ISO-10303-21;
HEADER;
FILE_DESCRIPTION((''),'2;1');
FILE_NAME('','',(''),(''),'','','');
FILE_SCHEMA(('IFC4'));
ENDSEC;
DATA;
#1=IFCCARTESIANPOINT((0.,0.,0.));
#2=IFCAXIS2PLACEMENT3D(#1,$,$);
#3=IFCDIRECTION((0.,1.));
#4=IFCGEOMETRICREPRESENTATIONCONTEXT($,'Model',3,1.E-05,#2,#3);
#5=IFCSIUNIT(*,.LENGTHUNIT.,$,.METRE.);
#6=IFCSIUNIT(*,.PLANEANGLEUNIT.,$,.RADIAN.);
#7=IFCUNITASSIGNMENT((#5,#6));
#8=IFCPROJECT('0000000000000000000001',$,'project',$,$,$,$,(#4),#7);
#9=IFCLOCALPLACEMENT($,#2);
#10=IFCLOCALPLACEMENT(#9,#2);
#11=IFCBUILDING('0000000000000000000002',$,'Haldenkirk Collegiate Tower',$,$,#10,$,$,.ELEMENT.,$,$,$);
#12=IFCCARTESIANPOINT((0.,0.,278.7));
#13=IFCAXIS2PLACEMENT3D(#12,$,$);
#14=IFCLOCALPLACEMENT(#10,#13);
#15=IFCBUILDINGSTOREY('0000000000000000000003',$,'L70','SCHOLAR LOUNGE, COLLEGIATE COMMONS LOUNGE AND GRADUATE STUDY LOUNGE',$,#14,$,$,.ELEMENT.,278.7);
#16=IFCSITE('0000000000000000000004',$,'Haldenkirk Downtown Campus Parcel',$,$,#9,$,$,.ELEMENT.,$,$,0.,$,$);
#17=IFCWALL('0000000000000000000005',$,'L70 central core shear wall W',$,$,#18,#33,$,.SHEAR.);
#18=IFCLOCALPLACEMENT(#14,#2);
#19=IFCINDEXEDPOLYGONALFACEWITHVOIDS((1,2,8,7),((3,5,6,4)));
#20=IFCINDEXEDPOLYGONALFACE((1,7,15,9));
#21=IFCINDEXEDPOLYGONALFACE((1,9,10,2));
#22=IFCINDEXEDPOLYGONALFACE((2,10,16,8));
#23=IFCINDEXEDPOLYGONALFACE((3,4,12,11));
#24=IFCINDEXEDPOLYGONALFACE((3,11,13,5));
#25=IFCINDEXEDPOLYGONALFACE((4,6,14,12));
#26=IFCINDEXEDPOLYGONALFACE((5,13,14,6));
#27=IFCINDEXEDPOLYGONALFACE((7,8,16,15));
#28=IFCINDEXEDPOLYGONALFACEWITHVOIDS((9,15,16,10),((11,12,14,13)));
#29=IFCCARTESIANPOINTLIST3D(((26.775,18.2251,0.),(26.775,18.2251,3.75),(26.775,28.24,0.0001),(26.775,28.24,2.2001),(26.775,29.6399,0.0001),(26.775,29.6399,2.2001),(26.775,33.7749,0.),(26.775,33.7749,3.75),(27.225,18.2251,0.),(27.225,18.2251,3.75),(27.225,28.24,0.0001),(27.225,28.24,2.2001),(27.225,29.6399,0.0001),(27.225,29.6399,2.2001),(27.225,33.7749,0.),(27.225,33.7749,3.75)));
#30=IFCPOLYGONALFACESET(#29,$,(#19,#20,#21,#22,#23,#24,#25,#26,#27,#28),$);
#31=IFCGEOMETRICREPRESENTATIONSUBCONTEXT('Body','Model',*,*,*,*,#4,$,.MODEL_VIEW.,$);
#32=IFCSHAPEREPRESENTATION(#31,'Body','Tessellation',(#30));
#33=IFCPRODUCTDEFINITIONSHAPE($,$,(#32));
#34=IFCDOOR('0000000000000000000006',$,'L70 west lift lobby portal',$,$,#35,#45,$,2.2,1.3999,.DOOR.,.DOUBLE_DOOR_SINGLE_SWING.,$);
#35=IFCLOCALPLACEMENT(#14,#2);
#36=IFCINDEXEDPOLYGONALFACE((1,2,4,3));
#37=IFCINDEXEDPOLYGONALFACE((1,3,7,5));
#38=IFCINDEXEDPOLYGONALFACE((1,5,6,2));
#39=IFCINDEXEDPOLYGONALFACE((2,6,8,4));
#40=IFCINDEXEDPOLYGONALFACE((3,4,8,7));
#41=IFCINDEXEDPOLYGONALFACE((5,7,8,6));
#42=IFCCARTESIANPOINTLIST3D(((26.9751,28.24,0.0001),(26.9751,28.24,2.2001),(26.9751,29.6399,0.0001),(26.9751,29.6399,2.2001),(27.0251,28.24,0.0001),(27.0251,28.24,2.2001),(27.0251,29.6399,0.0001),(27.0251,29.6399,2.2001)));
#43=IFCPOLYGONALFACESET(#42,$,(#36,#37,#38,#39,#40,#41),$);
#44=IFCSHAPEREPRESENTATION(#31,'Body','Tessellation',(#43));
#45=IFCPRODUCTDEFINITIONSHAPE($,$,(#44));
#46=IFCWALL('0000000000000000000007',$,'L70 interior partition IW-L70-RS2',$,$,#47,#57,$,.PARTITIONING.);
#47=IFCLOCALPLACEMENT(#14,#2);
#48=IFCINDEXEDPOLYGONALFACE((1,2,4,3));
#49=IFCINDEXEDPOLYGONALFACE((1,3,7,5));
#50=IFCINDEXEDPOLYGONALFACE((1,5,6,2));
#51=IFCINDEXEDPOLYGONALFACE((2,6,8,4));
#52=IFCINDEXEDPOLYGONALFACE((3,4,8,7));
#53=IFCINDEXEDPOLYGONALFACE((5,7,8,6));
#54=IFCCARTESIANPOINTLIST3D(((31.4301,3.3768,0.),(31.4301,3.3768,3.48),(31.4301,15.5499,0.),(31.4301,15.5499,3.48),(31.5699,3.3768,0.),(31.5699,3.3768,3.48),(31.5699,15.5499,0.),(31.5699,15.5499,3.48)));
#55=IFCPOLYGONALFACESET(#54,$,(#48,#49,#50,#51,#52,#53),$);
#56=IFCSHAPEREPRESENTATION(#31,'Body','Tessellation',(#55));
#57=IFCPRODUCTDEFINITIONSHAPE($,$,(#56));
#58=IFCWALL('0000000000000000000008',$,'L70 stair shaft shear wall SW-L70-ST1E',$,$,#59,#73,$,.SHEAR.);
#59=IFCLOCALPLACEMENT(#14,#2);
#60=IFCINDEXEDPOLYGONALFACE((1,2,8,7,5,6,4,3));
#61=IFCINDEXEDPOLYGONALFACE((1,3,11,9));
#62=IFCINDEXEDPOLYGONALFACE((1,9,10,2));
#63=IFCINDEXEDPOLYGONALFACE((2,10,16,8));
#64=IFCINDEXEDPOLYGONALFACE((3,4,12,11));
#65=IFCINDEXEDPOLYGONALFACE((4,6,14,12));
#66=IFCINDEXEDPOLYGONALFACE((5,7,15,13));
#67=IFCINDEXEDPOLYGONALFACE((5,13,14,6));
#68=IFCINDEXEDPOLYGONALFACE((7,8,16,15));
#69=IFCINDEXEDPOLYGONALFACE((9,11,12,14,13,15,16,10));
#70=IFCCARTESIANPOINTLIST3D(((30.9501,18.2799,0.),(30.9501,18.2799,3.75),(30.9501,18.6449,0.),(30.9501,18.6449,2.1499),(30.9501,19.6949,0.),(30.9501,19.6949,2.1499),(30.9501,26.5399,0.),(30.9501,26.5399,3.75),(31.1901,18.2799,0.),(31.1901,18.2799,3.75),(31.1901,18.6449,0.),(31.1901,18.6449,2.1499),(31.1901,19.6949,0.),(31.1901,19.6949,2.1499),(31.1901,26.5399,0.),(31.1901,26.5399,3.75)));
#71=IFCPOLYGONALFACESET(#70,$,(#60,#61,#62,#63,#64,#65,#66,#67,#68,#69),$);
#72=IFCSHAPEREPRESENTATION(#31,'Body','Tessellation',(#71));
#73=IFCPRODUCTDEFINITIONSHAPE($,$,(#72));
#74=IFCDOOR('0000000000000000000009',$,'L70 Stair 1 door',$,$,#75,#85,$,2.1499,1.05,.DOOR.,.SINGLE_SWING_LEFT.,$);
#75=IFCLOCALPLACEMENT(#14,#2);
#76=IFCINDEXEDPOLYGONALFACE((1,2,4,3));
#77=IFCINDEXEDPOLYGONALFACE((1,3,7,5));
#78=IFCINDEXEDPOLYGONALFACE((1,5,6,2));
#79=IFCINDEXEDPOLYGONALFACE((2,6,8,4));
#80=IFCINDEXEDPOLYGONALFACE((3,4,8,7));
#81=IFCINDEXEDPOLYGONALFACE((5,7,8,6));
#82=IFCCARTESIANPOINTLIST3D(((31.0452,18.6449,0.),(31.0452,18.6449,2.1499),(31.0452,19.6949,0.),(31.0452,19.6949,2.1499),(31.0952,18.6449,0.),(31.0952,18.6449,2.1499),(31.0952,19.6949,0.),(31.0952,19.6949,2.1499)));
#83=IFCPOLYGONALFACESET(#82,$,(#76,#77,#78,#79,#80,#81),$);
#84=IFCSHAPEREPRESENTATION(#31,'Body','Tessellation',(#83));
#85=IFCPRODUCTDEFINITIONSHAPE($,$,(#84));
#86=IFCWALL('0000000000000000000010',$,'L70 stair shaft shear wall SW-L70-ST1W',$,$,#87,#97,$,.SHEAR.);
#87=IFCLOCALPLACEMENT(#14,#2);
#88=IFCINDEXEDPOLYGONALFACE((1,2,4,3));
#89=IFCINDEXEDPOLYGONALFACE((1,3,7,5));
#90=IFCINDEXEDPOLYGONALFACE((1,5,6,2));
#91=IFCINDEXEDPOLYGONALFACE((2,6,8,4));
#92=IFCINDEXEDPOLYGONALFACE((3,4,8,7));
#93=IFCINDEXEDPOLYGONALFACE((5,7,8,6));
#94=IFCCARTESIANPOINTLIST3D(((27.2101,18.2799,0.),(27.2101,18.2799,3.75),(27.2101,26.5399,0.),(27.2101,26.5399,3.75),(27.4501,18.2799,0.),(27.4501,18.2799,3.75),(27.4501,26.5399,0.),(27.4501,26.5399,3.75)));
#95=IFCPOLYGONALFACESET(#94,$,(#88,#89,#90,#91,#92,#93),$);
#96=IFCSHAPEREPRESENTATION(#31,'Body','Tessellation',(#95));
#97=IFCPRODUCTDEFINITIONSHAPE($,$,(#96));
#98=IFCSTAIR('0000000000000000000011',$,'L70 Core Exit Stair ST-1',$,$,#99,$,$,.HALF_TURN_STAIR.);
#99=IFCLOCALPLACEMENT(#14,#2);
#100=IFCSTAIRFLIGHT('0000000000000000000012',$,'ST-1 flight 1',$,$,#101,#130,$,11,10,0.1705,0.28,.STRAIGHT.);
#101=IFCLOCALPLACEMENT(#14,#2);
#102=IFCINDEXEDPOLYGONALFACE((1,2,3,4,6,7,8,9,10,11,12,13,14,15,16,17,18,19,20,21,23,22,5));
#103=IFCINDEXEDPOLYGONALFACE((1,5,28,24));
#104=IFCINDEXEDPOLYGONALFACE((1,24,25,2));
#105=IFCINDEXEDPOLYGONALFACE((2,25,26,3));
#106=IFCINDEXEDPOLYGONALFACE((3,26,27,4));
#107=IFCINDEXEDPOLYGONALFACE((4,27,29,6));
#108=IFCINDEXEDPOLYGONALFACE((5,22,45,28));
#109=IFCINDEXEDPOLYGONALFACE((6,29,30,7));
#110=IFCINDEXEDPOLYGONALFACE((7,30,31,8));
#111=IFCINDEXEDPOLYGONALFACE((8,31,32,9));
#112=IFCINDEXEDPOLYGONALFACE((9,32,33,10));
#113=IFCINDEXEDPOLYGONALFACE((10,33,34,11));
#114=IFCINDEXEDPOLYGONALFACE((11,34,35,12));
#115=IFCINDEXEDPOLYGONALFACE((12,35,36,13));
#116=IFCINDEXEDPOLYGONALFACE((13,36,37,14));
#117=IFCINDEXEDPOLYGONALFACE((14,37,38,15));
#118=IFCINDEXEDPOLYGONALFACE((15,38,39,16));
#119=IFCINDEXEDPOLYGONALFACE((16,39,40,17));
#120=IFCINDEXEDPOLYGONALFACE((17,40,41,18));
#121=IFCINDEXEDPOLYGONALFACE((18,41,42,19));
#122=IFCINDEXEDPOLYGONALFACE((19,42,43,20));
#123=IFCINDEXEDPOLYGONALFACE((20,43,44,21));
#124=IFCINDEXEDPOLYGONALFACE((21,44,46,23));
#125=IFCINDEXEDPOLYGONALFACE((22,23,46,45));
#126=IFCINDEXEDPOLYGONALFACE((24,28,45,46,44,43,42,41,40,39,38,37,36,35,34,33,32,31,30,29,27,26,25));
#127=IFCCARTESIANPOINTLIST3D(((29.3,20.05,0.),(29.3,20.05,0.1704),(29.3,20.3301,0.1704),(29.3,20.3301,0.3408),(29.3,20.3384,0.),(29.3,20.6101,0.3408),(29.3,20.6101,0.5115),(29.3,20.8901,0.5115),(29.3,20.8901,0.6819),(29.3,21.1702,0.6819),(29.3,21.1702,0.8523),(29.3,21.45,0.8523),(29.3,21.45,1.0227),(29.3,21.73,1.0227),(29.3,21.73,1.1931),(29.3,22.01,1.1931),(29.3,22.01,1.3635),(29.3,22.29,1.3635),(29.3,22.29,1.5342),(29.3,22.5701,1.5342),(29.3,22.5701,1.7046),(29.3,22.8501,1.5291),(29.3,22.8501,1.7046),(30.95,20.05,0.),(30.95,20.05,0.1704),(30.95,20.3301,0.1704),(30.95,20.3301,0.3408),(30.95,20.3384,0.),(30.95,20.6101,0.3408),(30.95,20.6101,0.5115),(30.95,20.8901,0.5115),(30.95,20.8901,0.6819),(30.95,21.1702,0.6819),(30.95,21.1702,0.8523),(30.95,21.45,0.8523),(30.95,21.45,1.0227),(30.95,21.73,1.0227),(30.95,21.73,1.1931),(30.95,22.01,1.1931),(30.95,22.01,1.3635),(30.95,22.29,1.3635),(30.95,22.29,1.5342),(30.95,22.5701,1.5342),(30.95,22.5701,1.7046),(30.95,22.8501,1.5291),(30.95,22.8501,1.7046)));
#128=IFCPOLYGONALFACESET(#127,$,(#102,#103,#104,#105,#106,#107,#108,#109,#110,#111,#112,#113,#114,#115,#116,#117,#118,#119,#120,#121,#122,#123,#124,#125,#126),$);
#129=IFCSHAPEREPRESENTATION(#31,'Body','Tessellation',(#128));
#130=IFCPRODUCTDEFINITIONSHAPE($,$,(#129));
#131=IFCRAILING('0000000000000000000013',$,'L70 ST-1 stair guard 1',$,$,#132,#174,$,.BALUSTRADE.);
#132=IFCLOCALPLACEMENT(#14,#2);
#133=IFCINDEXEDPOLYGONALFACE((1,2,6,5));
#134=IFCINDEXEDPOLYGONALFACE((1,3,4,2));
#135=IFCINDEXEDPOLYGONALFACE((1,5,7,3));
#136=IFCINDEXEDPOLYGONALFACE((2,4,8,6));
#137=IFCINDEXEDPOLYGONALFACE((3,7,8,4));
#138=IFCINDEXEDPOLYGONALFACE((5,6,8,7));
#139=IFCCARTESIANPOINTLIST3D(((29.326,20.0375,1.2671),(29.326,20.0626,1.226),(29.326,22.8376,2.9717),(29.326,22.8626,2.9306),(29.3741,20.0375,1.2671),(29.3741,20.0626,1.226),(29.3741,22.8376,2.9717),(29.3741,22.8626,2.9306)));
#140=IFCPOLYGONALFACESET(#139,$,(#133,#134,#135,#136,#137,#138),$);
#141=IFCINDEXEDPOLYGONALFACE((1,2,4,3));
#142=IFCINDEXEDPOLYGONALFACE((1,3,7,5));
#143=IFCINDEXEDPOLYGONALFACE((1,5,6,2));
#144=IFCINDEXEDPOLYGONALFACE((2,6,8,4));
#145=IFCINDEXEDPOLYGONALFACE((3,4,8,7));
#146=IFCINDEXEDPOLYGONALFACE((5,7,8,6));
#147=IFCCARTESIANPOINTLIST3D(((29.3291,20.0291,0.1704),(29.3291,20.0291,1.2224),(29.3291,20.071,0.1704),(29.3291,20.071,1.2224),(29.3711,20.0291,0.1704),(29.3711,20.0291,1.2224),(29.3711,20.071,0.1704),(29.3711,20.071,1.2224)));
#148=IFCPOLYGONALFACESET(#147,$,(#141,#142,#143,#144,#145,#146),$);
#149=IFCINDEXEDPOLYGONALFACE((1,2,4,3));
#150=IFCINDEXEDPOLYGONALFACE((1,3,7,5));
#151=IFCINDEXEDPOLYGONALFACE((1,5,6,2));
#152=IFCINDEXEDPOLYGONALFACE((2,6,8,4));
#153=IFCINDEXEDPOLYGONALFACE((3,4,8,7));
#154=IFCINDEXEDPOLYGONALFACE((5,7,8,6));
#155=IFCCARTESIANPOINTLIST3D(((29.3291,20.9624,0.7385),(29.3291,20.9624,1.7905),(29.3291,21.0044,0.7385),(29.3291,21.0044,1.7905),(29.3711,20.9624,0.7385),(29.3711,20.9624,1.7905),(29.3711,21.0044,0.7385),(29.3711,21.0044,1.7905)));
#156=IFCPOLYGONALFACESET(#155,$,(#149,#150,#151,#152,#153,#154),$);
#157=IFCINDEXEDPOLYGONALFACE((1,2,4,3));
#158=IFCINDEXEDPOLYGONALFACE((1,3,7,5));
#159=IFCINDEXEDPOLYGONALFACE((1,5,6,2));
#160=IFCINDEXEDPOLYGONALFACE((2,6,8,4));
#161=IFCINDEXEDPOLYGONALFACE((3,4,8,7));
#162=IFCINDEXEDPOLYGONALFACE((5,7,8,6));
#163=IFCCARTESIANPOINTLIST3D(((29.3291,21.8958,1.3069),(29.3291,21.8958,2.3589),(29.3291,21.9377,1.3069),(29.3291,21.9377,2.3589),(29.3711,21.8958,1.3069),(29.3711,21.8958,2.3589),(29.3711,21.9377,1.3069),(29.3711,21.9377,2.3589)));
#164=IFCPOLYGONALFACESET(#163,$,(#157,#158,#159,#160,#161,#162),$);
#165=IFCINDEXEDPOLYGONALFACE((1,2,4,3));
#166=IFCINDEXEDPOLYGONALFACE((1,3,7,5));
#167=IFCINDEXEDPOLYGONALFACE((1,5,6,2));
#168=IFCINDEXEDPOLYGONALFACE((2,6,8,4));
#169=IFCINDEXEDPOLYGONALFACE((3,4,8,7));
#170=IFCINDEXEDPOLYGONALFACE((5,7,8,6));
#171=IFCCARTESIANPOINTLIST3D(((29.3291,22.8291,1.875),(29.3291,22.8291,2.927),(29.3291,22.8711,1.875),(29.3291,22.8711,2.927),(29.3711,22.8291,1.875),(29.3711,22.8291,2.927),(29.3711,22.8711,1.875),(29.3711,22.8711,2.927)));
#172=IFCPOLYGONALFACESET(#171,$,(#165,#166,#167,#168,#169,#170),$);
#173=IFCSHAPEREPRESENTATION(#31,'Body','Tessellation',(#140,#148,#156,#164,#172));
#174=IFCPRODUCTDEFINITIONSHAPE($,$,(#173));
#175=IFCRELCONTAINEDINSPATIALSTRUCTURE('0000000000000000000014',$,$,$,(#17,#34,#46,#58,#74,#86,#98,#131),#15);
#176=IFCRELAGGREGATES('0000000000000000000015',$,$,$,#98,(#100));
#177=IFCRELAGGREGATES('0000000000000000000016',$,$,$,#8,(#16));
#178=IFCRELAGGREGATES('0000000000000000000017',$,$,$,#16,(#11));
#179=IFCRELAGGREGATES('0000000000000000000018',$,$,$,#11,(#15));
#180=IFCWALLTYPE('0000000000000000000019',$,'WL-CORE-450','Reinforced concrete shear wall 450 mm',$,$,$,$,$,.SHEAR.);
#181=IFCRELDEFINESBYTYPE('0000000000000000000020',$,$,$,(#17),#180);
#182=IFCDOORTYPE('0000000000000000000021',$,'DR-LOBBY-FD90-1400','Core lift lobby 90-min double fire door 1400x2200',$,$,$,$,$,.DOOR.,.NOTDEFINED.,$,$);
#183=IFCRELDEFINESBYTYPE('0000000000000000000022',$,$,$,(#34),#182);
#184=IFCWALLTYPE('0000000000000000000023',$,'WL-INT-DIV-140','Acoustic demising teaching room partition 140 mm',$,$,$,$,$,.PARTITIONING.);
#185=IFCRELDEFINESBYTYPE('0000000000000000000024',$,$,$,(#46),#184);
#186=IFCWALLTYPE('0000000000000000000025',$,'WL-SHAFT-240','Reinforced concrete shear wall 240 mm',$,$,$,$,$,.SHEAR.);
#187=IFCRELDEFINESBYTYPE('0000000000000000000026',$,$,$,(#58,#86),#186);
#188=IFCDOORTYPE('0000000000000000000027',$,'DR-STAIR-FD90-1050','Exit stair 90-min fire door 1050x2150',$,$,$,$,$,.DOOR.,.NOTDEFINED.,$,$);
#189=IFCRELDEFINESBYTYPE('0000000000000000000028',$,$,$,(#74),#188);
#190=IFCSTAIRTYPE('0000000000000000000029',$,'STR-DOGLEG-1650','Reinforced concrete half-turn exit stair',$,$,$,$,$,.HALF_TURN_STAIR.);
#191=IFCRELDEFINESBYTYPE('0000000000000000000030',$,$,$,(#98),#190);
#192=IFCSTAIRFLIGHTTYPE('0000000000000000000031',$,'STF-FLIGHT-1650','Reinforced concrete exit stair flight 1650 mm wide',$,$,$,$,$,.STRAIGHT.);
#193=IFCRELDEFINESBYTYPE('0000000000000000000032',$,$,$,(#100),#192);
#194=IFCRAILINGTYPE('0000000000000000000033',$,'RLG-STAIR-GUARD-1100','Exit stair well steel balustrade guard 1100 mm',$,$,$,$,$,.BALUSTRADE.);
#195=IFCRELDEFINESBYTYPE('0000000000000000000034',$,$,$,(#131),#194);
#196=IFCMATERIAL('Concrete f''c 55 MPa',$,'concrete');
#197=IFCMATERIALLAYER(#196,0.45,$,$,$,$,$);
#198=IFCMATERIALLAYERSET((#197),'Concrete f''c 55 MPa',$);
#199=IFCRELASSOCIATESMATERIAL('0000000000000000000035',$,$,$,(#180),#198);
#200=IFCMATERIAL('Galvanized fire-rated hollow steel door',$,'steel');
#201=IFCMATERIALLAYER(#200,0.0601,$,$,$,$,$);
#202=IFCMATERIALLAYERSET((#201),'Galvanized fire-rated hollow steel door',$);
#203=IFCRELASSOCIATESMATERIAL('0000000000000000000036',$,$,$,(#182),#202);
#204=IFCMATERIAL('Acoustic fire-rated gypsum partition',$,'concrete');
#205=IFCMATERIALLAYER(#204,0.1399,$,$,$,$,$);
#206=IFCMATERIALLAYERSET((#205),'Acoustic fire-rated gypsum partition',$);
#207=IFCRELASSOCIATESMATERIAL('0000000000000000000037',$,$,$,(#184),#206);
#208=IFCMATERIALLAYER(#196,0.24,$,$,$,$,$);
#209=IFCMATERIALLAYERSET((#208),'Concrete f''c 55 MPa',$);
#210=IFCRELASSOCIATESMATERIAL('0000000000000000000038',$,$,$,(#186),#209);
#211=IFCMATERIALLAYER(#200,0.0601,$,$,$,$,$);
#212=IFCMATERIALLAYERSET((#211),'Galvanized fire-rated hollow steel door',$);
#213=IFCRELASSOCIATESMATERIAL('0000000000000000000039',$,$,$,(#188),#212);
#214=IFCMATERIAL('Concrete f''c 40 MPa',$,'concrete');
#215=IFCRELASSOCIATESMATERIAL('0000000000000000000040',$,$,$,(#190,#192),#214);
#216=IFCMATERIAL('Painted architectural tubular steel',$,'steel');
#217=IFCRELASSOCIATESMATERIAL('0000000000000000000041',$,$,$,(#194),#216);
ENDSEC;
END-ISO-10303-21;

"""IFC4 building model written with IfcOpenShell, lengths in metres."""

from ifc_helpers import new_model, si_unit, direction, frame, frame_2d, origin, origin_2d, place, context, subcontext, project, spatial, polyline, rectangle, outline, extrude, material, layer, layer_set, type_object, element, fill, aggregate, save


model = new_model("IFC4")

# Units and contexts
model_context = context("Model", 3, precision=1e-05, world=origin(), true_north=direction((0.0, 1.0)))
body_context = subcontext(model_context, "Body", "Model", "MODEL_VIEW")
ifc_project = project(units=[si_unit("LENGTHUNIT", "METRE"), si_unit("PLANEANGLEUNIT", "RADIAN")], contexts=[model_context])

# Site, building, storey
site_placement = place(None, origin())
site = spatial("IfcSite", under=ifc_project, at=site_placement, Name="Haldenkirk Downtown Campus Parcel", CompositionType="ELEMENT", RefElevation=0.0)
building_placement = place(site_placement, origin())
building = spatial("IfcBuilding", under=site, at=building_placement, Name="Haldenkirk Collegiate Tower", CompositionType="ELEMENT")
storey_placement = place(building_placement, frame((0.0, 0.0, 278.7)))
storey = spatial("IfcBuildingStorey", under=building, at=storey_placement, Name="L70", Description="SCHOLAR LOUNGE, COLLEGIATE COMMONS LOUNGE AND GRADUATE STUDY LOUNGE", CompositionType="ELEMENT", Elevation=278.7)

# Wall, opening, door
ifc_material_1 = material(Name="Concrete f'c 55 MPa", Category="concrete")
ifc_layer_1 = layer(ifc_material_1, 0.45)
ifc_layer_set_1 = layer_set([ifc_layer_1], Name="Concrete f'c 55 MPa")
wall_type_1 = type_object("IfcWallType", Name="WL-CORE-450", Description="Reinforced concrete shear wall 450 mm", PredefinedType="SHEAR", material=ifc_layer_set_1)
wall_1_placement = place(storey_placement, frame((27.0, 18.2251, 0.0), z_axis=(0.0, 0.0, 1.0), x_axis=(0.0, 1.0, 0.0)))
wall_1 = element("IfcWall", 1, at=wall_1_placement, inside=storey, type_object=wall_type_1, Name="L70 central core shear wall W", PredefinedType="SHEAR", context=body_context, shape_type="SweptSolid", body=[
    extrude(rectangle(XDim=15.5498, YDim=0.45, at=frame_2d((7.7749, 0.0))), origin(), (0.0, 0.0, 1.0), 3.75),
])
opening_1_placement = place(wall_1_placement, frame((10.0149, 0.0, 0.0)))
opening_1 = element("IfcOpeningElement", 2, at=opening_1_placement, cuts=wall_1, PredefinedType="OPENING", context=body_context, shape_type="SweptSolid", body=[
    extrude(rectangle(XDim=1.3999, YDim=2.2, at=frame_2d((0.7, 1.1001))), frame((0.0, 0.2349, 0.0), z_axis=(0.0, -1.0, 0.0), x_axis=(1.0, 0.0, 0.0)), (0.0, 0.0, 1.0), 0.47),
])
ifc_material_2 = material(Name="Galvanized fire-rated hollow steel door", Category="steel")
ifc_layer_2 = layer(ifc_material_2, 0.0601)
ifc_layer_set_2 = layer_set([ifc_layer_2], Name="Galvanized fire-rated hollow steel door")
door_type_1 = type_object("IfcDoorType", Name="DR-LOBBY-FD90-1400", Description="Core lift lobby 90-min double fire door 1400x2200", OperationType="NOTDEFINED", PredefinedType="DOOR", material=ifc_layer_set_2)
door_1_placement = place(opening_1_placement, origin())
door_1 = element("IfcDoor", 3, at=door_1_placement, inside=storey, type_object=door_type_1, Name="L70 west lift lobby portal", OperationType="DOUBLE_DOOR_SINGLE_SWING", OverallHeight=2.2, OverallWidth=1.3999, PredefinedType="DOOR", context=body_context, shape_type="SweptSolid", body=[
    extrude(rectangle(XDim=1.3999, YDim=2.2, at=frame_2d((0.7, 1.1001))), frame((0.0, 0.0249, 0.0), z_axis=(0.0, -1.0, 0.0), x_axis=(1.0, 0.0, 0.0)), (0.0, 0.0, 1.0), 0.05),
])
fill(opening_1, door_1)

# Wall
ifc_material_3 = material(Name="Acoustic fire-rated gypsum partition", Category="concrete")
ifc_layer_3 = layer(ifc_material_3, 0.1399)
ifc_layer_set_3 = layer_set([ifc_layer_3], Name="Acoustic fire-rated gypsum partition")
wall_type_2 = type_object("IfcWallType", Name="WL-INT-DIV-140", Description="Acoustic demising teaching room partition 140 mm", PredefinedType="PARTITIONING", material=ifc_layer_set_3)
wall_2_placement = place(storey_placement, frame((31.5, 3.377, 0.0), z_axis=(0.0, 0.0, 1.0), x_axis=(0.0, 1.0, 0.0)))
element("IfcWall", 4, at=wall_2_placement, inside=storey, type_object=wall_type_2, Name="L70 interior partition IW-L70-RS2", PredefinedType="PARTITIONING", context=body_context, shape_type="SweptSolid", body=[
    extrude(rectangle(XDim=12.1731, YDim=0.1399, at=frame_2d((6.0864, 0.0))), origin(), (0.0, 0.0, 1.0), 3.48),
])

# Wall, opening, door
ifc_layer_4 = layer(ifc_material_1, 0.24)
ifc_layer_set_4 = layer_set([ifc_layer_4], Name="Concrete f'c 55 MPa")
wall_type_3 = type_object("IfcWallType", Name="WL-SHAFT-240", Description="Reinforced concrete shear wall 240 mm", PredefinedType="SHEAR", material=ifc_layer_set_4)
wall_3_placement = place(storey_placement, frame((31.0701, 18.28, 0.0), z_axis=(0.0, 0.0, 1.0), x_axis=(0.0, 1.0, 0.0)))
wall_3 = element("IfcWall", 5, at=wall_3_placement, inside=storey, type_object=wall_type_3, Name="L70 stair shaft shear wall SW-L70-ST1E", PredefinedType="SHEAR", context=body_context, shape_type="SweptSolid", body=[
    extrude(rectangle(XDim=8.26, YDim=0.24, at=frame_2d((4.1299, 0.0))), origin(), (0.0, 0.0, 1.0), 3.75),
])
opening_2_placement = place(wall_3_placement, frame((0.365, 0.0, 0.0)))
opening_2 = element("IfcOpeningElement", 6, at=opening_2_placement, cuts=wall_3, PredefinedType="OPENING", context=body_context, shape_type="SweptSolid", body=[
    extrude(rectangle(XDim=1.05, YDim=2.1499, at=frame_2d((0.5249, 1.075))), frame((0.0, 0.1299, 0.0), z_axis=(0.0, -1.0, 0.0), x_axis=(1.0, 0.0, 0.0)), (0.0, 0.0, 1.0), 0.26),
])
ifc_layer_5 = layer(ifc_material_2, 0.0601)
ifc_layer_set_5 = layer_set([ifc_layer_5], Name="Galvanized fire-rated hollow steel door")
door_type_2 = type_object("IfcDoorType", Name="DR-STAIR-FD90-1050", Description="Exit stair 90-min fire door 1050x2150", OperationType="NOTDEFINED", PredefinedType="DOOR", material=ifc_layer_set_5)
door_2_placement = place(opening_2_placement, origin())
door_2 = element("IfcDoor", 7, at=door_2_placement, inside=storey, type_object=door_type_2, Name="L70 Stair 1 door", OperationType="SINGLE_SWING_LEFT", OverallHeight=2.1499, OverallWidth=1.05, PredefinedType="DOOR", context=body_context, shape_type="SweptSolid", body=[
    extrude(rectangle(XDim=1.05, YDim=2.1499, at=frame_2d((0.5249, 1.075))), frame((0.0, 0.0249, 0.0), z_axis=(0.0, -1.0, 0.0), x_axis=(1.0, 0.0, 0.0)), (0.0, 0.0, 1.0), 0.05),
])
fill(opening_2, door_2)

# Wall
wall_4_placement = place(storey_placement, frame((27.3301, 18.28, 0.0), z_axis=(0.0, 0.0, 1.0), x_axis=(0.0, 1.0, 0.0)))
element("IfcWall", 8, at=wall_4_placement, inside=storey, type_object=wall_type_3, Name="L70 stair shaft shear wall SW-L70-ST1W", PredefinedType="SHEAR", context=body_context, shape_type="SweptSolid", body=[
    extrude(rectangle(XDim=8.26, YDim=0.24, at=frame_2d((4.1299, 0.0))), origin(), (0.0, 0.0, 1.0), 3.75),
])

# Stair, stair flight
ifc_material_4 = material(Name="Concrete f'c 40 MPa", Category="concrete")
stair_type = type_object("IfcStairType", Name="STR-DOGLEG-1650", Description="Reinforced concrete half-turn exit stair", PredefinedType="HALF_TURN_STAIR", material=ifc_material_4)
stair_placement = place(storey_placement, origin())
stair = element("IfcStair", 9, at=stair_placement, inside=storey, type_object=stair_type, Name="L70 Core Exit Stair ST-1", PredefinedType="HALF_TURN_STAIR")
stair_flight_type = type_object("IfcStairFlightType", Name="STF-FLIGHT-1650", Description="Reinforced concrete exit stair flight 1650 mm wide", PredefinedType="STRAIGHT", material=ifc_material_4)
stair_flight_placement = place(storey_placement, frame((30.125, 20.05, 0.0), z_axis=(0.0, 0.0, 1.0), x_axis=(0.0, 1.0, 0.0)))
stair_flight = element("IfcStairFlight", 10, at=stair_flight_placement, type_object=stair_flight_type, Name="ST-1 flight 1", NumberOfRisers=11, NumberOfTreads=10, PredefinedType="STRAIGHT", RiserHeight=0.1705, TreadLength=0.28, context=body_context, shape_type="SweptSolid", body=[
    extrude(outline(polyline([(0.0, 0.0), (0.0, 0.1704), (0.28, 0.1704), (0.28, 0.3408), (0.5601, 0.3408), (0.5601, 0.5115), (0.8401, 0.5115), (0.8401, 0.6819), (1.1201, 0.6819), (1.1201, 0.8523), (1.3999, 0.8523), (1.3999, 1.0227), (1.6799, 1.0227), (1.6799, 1.1931), (1.96, 1.1931), (1.96, 1.3635), (2.24, 1.3635), (2.24, 1.5342), (2.52, 1.5342), (2.52, 1.7046), (2.8, 1.7046), (2.8, 1.875), (2.8, 1.5291), (0.2883, 0.0), (0.0, 0.0)])), frame((0.0, 0.825, 0.0), z_axis=(0.0, -1.0, 0.0), x_axis=(1.0, 0.0, 0.0)), (0.0, 0.0, 1.0), 1.6499),
])
aggregate(stair, [stair_flight])

# Railing
ifc_material_5 = material(Name="Painted architectural tubular steel", Category="steel")
railing_type_1 = type_object("IfcRailingType", Name="RLG-STAIR-GUARD-1100", Description="Exit stair well steel balustrade guard 1100 mm", PredefinedType="BALUSTRADE", material=ifc_material_5)
railing_1_placement = place(storey_placement, frame((29.3501, 20.05, 0.1704)))
element("IfcRailing", 11, at=railing_1_placement, inside=storey, type_object=railing_type_1, Name="L70 ST-1 stair guard 1", PredefinedType="BALUSTRADE", context=body_context, shape_type="SweptSolid", body=[
    extrude(rectangle(XDim=0.0481, YDim=0.0481, at=origin_2d()), frame((0.0, 0.0, 1.0762), z_axis=(0.0, 0.85417, 0.519994), x_axis=(-1.0, 0.0, 0.0)), (0.0, 0.0, 1.0), 3.2781),
    extrude(rectangle(XDim=0.042, YDim=0.042, at=origin_2d()), origin(), (0.0, 0.0, 1.0), 1.052),
    extrude(rectangle(XDim=0.042, YDim=0.042, at=origin_2d()), frame((0.0, 0.9333, 0.5681)), (0.0, 0.0, 1.0), 1.052),
    extrude(rectangle(XDim=0.042, YDim=0.042, at=origin_2d()), frame((0.0, 1.8667, 1.1365)), (0.0, 0.0, 1.0), 1.052),
    extrude(rectangle(XDim=0.042, YDim=0.042, at=origin_2d()), frame((0.0, 2.8, 1.7046)), (0.0, 0.0, 1.0), 1.052),
])

save(model, "model.ifc")
